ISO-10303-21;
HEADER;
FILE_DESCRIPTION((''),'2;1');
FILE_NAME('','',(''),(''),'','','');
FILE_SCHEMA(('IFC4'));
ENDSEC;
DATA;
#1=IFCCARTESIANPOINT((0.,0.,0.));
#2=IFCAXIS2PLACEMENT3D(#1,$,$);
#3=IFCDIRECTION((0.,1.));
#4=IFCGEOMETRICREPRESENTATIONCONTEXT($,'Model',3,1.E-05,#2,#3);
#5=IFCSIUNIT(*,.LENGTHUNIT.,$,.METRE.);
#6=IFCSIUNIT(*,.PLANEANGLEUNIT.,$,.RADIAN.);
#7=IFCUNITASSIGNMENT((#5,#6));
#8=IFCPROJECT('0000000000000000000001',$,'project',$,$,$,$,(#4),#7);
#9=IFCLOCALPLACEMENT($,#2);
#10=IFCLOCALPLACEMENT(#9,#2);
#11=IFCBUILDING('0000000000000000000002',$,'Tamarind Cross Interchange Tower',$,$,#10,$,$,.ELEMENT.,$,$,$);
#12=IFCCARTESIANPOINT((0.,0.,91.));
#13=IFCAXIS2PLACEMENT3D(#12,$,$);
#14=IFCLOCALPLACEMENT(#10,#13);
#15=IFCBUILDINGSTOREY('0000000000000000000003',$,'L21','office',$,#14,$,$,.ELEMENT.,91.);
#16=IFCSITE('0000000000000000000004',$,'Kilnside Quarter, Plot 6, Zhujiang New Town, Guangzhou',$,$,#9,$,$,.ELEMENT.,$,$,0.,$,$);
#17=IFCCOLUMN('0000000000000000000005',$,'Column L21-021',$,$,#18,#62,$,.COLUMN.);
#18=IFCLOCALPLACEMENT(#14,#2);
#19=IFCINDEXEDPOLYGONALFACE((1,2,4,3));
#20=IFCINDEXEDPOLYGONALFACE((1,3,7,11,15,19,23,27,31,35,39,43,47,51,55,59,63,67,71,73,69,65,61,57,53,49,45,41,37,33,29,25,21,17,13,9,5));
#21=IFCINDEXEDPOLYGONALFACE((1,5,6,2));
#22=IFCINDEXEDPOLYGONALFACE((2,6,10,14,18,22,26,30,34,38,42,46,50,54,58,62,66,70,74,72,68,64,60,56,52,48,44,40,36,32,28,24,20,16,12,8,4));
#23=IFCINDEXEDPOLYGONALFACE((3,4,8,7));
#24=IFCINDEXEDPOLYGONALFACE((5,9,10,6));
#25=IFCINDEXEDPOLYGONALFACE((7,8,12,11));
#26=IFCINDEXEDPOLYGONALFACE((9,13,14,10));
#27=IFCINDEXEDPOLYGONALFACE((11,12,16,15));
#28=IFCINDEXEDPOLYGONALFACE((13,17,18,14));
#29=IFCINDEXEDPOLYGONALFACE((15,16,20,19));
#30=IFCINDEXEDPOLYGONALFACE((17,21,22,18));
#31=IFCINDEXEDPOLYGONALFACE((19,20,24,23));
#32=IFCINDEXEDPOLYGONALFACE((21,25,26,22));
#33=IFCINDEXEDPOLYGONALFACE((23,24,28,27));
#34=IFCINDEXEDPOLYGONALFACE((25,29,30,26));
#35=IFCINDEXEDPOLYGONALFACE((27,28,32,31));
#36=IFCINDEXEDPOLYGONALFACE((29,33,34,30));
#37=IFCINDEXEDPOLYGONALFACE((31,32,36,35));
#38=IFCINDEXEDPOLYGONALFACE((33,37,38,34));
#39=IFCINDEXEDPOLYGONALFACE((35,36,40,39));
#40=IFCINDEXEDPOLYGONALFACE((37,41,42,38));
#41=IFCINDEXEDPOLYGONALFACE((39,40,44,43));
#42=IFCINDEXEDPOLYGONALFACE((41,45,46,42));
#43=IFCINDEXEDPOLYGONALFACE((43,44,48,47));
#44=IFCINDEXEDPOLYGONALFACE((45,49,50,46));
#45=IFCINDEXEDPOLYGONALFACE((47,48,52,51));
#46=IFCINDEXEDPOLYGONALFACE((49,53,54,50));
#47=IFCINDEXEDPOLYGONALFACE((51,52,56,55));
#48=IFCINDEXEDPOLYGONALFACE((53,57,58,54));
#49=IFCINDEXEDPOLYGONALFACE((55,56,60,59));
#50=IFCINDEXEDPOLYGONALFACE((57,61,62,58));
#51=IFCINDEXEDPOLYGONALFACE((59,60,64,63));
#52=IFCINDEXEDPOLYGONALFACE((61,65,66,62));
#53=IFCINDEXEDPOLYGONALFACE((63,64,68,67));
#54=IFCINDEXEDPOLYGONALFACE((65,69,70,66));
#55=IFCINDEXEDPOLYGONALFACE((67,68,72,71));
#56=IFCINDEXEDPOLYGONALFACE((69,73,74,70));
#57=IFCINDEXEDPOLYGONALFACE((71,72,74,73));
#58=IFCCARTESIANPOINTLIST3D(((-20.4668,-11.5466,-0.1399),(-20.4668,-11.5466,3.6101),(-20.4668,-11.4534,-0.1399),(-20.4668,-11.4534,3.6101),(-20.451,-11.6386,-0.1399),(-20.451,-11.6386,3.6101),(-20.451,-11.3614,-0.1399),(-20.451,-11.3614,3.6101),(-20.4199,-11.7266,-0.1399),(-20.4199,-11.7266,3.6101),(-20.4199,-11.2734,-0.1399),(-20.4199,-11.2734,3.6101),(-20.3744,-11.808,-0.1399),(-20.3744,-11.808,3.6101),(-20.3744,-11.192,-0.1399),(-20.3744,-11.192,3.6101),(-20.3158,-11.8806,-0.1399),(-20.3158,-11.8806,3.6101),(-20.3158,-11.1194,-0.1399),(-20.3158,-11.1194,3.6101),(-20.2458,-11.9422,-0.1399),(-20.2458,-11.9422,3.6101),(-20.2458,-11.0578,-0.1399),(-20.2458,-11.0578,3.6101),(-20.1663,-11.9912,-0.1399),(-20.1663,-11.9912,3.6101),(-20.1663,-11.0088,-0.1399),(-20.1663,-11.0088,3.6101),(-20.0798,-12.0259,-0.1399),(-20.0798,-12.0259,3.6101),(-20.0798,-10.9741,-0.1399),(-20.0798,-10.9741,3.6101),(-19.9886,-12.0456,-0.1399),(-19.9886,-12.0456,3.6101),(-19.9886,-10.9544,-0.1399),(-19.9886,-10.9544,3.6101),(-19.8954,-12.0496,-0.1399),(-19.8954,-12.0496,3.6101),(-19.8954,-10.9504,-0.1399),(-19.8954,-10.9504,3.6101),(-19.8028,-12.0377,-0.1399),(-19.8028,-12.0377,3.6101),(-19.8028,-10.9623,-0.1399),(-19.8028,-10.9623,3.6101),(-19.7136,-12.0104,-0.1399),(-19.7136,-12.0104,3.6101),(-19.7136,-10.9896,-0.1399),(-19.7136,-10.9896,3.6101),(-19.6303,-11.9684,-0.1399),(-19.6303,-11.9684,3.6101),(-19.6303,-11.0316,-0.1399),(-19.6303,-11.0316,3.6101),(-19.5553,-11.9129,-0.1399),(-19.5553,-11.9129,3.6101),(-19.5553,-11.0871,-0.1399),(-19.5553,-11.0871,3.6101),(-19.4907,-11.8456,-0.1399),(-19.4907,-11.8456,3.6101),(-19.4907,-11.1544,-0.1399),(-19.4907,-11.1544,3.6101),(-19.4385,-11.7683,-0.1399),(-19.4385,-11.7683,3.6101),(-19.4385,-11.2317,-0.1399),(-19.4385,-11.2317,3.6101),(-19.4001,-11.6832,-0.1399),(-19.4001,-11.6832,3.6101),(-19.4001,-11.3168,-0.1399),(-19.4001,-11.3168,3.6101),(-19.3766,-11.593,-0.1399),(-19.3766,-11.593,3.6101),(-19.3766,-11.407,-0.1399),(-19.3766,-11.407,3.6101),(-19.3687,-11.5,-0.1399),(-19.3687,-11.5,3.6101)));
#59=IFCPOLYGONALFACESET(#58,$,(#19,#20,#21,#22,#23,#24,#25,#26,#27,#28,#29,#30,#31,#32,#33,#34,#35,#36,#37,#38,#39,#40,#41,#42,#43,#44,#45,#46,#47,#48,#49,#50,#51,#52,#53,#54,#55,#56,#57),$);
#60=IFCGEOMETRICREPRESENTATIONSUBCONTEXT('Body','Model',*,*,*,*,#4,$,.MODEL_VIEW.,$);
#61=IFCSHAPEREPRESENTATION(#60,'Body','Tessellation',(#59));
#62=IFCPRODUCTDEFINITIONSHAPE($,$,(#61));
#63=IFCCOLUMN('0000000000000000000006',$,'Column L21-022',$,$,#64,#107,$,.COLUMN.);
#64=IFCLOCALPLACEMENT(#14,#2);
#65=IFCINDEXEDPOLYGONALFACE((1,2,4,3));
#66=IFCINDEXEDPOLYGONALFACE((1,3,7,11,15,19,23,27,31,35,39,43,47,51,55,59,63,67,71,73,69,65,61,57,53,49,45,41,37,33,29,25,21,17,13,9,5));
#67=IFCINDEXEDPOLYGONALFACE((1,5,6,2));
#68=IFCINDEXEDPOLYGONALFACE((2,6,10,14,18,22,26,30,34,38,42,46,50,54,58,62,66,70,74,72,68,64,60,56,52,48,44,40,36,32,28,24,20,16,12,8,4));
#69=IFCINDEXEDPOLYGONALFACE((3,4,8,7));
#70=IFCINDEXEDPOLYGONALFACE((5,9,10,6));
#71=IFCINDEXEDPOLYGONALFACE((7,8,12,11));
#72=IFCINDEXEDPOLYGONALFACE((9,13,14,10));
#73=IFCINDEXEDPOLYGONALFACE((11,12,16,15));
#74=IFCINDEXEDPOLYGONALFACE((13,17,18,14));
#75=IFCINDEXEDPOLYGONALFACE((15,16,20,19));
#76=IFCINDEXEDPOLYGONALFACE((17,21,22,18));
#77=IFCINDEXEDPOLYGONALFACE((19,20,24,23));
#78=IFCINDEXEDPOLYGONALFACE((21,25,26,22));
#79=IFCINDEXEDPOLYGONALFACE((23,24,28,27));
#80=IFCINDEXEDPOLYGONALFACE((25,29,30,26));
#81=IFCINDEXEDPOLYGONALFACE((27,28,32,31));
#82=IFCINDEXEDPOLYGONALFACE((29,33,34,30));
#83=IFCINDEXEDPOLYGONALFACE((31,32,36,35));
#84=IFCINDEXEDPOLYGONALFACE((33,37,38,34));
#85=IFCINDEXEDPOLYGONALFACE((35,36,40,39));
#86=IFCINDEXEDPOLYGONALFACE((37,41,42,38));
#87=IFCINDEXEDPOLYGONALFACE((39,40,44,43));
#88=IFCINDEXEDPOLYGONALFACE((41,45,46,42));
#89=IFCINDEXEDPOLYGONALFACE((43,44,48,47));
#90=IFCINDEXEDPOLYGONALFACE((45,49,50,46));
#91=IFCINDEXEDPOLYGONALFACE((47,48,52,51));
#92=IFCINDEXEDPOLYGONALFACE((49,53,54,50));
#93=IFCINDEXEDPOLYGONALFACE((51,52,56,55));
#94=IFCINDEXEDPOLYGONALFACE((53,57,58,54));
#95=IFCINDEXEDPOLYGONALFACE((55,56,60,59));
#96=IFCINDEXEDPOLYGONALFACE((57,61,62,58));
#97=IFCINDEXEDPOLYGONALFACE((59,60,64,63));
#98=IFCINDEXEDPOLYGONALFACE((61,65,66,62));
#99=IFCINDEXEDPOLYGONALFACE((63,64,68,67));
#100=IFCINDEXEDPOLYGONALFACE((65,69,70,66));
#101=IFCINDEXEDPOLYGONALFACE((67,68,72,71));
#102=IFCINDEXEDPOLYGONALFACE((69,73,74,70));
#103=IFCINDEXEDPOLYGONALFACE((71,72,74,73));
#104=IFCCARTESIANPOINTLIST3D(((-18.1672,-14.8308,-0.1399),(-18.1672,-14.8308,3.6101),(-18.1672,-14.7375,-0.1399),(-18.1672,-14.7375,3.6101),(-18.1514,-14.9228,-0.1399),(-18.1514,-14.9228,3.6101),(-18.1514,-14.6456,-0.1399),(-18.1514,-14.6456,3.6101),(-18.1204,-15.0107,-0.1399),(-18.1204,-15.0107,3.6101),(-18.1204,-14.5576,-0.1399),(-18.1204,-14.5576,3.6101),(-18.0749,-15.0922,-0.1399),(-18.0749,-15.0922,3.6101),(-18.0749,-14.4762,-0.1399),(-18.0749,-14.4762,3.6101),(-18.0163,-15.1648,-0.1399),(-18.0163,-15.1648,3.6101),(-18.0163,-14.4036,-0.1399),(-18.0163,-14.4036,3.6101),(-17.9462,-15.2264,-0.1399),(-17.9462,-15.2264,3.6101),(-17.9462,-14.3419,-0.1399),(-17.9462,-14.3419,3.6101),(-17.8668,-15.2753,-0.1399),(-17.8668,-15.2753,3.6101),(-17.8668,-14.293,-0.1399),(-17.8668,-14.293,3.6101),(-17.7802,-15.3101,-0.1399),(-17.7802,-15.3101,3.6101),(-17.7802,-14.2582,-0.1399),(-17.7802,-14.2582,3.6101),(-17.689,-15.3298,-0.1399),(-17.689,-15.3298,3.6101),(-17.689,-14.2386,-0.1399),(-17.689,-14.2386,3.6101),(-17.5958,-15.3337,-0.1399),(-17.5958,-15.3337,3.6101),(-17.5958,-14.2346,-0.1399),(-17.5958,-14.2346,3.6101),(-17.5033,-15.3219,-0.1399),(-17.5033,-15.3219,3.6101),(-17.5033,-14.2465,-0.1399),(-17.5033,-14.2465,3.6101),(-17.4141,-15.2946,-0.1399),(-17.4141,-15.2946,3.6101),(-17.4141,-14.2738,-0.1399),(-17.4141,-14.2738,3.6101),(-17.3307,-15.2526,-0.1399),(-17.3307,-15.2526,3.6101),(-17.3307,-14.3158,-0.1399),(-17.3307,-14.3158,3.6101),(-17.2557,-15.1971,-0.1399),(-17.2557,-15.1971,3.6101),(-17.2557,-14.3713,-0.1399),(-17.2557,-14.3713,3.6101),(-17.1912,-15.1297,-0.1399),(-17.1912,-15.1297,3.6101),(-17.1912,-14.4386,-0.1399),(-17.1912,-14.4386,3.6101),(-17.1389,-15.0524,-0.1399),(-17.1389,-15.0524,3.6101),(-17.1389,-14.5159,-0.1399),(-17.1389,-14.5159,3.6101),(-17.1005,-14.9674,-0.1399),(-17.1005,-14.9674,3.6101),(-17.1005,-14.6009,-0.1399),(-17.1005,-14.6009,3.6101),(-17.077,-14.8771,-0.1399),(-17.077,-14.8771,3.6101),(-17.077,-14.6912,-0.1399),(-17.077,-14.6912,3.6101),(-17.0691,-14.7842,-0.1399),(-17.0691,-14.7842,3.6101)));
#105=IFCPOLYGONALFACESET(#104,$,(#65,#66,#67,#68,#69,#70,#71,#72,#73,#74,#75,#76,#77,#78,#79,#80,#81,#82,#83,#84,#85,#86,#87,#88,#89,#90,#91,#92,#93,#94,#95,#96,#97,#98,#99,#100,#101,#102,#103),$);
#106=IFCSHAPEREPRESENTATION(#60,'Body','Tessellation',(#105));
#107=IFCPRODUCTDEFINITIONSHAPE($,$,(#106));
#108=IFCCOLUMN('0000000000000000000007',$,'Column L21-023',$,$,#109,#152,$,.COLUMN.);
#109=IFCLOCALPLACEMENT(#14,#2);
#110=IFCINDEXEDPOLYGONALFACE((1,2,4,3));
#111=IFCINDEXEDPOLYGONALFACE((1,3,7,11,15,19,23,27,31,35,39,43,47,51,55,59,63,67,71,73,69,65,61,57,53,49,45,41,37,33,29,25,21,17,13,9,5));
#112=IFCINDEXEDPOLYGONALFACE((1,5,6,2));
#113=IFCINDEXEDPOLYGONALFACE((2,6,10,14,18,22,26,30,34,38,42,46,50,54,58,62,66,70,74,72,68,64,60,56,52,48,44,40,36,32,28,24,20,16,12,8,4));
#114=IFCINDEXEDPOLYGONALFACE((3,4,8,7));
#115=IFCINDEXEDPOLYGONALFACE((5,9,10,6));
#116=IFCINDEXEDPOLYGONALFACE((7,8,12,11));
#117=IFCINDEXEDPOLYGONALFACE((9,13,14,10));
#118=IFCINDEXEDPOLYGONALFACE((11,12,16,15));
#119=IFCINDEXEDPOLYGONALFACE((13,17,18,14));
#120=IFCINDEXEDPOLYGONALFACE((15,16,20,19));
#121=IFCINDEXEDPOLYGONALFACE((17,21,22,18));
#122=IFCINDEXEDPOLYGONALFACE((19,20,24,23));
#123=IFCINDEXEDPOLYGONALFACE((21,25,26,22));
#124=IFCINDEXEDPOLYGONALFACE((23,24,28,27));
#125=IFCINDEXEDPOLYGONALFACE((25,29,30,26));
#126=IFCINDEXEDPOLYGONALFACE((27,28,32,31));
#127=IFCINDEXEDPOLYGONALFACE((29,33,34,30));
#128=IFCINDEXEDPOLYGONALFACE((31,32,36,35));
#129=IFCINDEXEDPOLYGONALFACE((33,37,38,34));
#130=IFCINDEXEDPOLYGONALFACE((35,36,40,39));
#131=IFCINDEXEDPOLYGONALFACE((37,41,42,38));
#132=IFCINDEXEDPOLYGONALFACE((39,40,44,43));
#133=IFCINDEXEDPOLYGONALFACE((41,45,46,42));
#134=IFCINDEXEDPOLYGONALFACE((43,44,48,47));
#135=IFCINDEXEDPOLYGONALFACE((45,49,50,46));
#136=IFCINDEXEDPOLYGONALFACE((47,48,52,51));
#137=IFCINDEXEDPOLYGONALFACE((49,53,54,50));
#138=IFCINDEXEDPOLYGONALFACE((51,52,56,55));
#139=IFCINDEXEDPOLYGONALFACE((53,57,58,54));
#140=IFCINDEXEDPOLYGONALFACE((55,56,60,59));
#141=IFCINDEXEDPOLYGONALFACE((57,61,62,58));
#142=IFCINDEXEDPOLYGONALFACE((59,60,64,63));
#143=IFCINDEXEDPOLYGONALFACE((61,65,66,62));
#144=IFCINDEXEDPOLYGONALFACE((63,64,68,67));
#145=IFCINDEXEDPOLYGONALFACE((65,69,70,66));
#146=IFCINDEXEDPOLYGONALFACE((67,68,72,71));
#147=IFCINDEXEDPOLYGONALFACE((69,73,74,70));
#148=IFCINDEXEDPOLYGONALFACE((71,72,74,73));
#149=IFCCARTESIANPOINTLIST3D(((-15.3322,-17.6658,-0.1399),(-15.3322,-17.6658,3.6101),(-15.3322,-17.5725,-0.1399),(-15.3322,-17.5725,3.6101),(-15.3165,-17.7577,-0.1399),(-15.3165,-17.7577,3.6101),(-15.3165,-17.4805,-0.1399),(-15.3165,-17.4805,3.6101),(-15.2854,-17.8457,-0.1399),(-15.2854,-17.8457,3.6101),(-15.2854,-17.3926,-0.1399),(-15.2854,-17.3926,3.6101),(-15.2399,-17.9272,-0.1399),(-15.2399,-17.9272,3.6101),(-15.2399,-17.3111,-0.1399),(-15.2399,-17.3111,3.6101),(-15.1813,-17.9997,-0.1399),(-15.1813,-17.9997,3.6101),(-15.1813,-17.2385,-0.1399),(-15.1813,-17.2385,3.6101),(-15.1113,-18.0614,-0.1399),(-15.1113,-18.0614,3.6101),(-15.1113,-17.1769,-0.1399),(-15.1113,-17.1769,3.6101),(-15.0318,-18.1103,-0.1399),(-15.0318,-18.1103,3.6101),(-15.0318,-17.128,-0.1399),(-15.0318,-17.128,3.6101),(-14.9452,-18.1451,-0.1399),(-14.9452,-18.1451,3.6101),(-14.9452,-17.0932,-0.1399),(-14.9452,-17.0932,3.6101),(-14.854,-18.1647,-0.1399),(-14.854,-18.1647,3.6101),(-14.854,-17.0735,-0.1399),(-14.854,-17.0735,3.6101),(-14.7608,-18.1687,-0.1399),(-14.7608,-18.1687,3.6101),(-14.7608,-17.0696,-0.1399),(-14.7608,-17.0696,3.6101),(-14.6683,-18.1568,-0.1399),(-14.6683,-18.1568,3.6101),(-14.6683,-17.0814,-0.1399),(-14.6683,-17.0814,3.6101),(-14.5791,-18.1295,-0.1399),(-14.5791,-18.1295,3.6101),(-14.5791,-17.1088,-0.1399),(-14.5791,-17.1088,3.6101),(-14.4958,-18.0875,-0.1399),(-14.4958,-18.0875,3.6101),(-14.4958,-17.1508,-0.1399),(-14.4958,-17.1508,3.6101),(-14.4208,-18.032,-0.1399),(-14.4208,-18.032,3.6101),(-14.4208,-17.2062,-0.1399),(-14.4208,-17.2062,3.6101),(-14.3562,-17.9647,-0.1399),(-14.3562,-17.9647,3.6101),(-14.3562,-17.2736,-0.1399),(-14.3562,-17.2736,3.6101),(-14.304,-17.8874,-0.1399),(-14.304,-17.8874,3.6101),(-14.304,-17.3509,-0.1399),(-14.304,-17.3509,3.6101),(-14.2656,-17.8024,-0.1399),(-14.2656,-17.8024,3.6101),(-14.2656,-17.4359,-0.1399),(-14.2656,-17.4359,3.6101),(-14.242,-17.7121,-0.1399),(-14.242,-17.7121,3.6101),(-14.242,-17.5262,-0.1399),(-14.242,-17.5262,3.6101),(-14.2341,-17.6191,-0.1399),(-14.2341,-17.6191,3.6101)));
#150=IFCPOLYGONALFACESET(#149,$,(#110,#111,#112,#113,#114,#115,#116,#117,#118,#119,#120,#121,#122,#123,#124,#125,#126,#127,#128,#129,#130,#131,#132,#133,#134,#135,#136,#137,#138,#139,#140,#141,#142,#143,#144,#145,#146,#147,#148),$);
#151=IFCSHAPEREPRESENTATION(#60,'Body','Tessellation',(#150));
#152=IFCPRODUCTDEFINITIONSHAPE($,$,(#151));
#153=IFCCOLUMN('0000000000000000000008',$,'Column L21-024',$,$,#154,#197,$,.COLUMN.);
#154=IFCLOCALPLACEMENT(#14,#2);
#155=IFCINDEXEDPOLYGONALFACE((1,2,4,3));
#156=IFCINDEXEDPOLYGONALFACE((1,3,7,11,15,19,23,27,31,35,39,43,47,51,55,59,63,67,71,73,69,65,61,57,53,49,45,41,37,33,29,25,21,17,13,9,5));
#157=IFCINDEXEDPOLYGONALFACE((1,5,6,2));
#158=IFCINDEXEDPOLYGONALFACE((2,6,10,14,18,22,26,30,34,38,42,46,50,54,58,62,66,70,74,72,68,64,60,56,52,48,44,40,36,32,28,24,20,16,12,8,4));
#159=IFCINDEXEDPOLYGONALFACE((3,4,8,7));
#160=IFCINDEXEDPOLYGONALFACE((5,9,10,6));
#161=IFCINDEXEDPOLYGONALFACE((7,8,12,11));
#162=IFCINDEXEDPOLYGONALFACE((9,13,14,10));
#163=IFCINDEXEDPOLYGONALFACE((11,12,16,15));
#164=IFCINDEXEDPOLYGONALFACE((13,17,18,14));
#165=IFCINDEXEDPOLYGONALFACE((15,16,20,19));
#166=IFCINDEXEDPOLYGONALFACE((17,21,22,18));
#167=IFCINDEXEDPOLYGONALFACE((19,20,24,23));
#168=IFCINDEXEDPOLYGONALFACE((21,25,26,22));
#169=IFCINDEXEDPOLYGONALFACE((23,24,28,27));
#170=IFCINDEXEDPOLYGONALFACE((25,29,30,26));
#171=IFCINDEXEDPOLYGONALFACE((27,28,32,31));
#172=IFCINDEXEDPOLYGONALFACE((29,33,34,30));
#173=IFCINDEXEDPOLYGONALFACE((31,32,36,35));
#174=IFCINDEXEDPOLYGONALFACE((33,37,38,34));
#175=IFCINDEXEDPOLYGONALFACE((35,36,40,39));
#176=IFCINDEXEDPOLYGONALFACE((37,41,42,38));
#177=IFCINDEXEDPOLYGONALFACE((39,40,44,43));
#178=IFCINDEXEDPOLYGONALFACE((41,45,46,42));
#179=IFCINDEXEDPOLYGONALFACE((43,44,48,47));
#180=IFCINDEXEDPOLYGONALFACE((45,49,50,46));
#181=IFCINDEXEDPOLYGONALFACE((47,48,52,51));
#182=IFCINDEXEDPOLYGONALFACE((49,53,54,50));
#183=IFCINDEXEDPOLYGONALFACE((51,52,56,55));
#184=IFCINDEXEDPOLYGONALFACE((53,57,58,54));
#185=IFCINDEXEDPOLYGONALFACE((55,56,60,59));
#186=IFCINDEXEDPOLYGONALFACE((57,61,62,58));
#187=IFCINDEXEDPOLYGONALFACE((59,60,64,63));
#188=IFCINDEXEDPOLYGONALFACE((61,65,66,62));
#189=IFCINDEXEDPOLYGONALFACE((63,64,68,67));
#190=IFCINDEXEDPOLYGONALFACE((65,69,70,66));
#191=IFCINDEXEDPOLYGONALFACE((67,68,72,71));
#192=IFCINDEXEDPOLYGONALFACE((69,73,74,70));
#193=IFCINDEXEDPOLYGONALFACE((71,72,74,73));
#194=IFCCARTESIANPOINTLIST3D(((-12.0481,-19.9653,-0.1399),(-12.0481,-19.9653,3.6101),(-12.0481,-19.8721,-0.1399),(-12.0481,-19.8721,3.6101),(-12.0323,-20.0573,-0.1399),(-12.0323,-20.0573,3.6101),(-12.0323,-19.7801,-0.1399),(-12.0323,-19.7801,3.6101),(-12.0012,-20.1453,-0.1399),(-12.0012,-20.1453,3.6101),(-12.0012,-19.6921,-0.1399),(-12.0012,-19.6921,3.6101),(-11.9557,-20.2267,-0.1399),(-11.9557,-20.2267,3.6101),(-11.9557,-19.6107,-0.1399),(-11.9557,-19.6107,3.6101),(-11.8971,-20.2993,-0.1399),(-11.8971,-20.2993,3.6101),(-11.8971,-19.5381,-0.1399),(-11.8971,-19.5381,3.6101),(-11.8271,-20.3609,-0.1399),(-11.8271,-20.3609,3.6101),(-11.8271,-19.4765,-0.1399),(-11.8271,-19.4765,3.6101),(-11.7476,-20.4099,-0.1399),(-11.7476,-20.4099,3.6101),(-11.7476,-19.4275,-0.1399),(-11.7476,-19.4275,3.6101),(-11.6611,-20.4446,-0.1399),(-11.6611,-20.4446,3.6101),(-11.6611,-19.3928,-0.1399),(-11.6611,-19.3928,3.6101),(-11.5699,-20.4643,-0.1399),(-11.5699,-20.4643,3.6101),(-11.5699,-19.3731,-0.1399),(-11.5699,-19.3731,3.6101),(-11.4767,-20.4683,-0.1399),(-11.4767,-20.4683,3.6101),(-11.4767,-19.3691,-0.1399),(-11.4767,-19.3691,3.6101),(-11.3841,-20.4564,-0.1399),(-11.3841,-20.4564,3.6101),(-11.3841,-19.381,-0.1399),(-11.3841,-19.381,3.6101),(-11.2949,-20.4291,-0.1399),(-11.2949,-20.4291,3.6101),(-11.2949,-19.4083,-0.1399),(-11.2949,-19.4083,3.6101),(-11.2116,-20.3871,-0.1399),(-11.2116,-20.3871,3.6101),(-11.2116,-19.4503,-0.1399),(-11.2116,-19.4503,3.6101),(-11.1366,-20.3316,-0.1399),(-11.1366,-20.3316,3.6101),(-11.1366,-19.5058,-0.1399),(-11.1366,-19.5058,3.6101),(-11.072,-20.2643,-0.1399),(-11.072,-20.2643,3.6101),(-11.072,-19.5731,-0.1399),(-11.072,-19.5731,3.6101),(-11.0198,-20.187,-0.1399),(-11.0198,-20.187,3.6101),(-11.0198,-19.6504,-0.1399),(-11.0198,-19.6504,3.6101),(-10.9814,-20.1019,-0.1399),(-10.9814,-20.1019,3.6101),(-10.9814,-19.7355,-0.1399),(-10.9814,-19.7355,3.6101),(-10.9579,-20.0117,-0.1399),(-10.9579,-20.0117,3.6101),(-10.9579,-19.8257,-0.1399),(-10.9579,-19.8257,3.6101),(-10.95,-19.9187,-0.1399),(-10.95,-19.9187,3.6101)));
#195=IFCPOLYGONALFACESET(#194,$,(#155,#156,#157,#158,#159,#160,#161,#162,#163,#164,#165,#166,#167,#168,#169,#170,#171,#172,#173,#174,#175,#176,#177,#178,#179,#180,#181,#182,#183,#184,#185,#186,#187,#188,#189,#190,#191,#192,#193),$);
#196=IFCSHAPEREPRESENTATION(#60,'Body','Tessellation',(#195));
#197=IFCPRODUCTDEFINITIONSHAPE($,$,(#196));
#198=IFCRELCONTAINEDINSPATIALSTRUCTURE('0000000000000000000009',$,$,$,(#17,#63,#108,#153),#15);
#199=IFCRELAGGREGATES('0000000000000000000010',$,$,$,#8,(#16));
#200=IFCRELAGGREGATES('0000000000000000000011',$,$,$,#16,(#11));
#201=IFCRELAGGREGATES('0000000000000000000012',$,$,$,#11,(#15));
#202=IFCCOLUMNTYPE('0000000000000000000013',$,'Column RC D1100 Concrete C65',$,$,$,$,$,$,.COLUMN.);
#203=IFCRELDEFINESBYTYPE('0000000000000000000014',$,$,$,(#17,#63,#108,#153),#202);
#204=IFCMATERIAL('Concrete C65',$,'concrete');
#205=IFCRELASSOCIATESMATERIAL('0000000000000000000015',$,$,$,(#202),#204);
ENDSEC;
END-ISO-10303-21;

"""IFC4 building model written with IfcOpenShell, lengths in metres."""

from ifc_helpers import new_model, si_unit, direction, frame, origin, origin_2d, place, context, subcontext, project, spatial, circle, extrude, material, material_profile, profile_set, type_object, element, save


model = new_model("IFC4")

# Units and contexts
model_context = context("Model", 3, precision=1e-05, world=origin(), true_north=direction((0.0, 1.0)))
body_context = subcontext(model_context, "Body", "Model", "MODEL_VIEW")
ifc_project = project(units=[si_unit("LENGTHUNIT", "METRE"), si_unit("PLANEANGLEUNIT", "RADIAN")], contexts=[model_context])

# Site, building, storey
site_placement = place(None, origin())
site = spatial("IfcSite", under=ifc_project, at=site_placement, Name="Kilnside Quarter, Plot 6, Zhujiang New Town, Guangzhou", CompositionType="ELEMENT", RefElevation=0.0)
building_placement = place(site_placement, origin())
building = spatial("IfcBuilding", under=site, at=building_placement, Name="Tamarind Cross Interchange Tower", CompositionType="ELEMENT")
storey_placement = place(building_placement, frame((0.0, 0.0, 91.0)))
storey = spatial("IfcBuildingStorey", under=building, at=storey_placement, Name="L21", Description="office", CompositionType="ELEMENT", Elevation=91.0)

# Columns
ifc_material_1 = material(Name="Concrete C65", Category="concrete")
ifc_material_profile_1 = material_profile(ifc_material_1, circle(Radius=0.55, at=origin_2d()), Name="RC D1100")
ifc_profile_set_1 = profile_set([ifc_material_profile_1], Name="Concrete C65")
column_type = type_object("IfcColumnType", Name="Column RC D1100 Concrete C65", PredefinedType="COLUMN", material=ifc_profile_set_1)
for number, where, z_axis, x_axis, name in (
    (1, (-19.9187, -11.5, -0.1399), (0.0, 0.0, 1.0), (1.0, 0.0, 0.0), "Column L21-021"),
    (2, (-17.6191, -14.7842, -0.1399), (0.0, 0.0, 1.0), (1.0, 0.0, 0.0), "Column L21-022"),
    (3, (-14.7842, -17.6191, -0.1399), (0.0, 0.0, 1.0), (1.0, 0.0, 0.0), "Column L21-023"),
    (4, (-11.5, -19.9187, -0.1399), (0.0, 0.0, 1.0), (1.0, 0.0, 0.0), "Column L21-024"),
):
    element("IfcColumn", number, at=place(storey_placement, frame(where, z_axis=z_axis, x_axis=x_axis)), inside=storey, type_object=column_type, Name=name, PredefinedType="COLUMN", context=body_context, shape_type="SweptSolid", body=[
        extrude(circle(Radius=0.55, at=origin_2d()), origin(), (0.0, 0.0, 1.0), 3.75),
    ])

save(model, "model.ifc")
